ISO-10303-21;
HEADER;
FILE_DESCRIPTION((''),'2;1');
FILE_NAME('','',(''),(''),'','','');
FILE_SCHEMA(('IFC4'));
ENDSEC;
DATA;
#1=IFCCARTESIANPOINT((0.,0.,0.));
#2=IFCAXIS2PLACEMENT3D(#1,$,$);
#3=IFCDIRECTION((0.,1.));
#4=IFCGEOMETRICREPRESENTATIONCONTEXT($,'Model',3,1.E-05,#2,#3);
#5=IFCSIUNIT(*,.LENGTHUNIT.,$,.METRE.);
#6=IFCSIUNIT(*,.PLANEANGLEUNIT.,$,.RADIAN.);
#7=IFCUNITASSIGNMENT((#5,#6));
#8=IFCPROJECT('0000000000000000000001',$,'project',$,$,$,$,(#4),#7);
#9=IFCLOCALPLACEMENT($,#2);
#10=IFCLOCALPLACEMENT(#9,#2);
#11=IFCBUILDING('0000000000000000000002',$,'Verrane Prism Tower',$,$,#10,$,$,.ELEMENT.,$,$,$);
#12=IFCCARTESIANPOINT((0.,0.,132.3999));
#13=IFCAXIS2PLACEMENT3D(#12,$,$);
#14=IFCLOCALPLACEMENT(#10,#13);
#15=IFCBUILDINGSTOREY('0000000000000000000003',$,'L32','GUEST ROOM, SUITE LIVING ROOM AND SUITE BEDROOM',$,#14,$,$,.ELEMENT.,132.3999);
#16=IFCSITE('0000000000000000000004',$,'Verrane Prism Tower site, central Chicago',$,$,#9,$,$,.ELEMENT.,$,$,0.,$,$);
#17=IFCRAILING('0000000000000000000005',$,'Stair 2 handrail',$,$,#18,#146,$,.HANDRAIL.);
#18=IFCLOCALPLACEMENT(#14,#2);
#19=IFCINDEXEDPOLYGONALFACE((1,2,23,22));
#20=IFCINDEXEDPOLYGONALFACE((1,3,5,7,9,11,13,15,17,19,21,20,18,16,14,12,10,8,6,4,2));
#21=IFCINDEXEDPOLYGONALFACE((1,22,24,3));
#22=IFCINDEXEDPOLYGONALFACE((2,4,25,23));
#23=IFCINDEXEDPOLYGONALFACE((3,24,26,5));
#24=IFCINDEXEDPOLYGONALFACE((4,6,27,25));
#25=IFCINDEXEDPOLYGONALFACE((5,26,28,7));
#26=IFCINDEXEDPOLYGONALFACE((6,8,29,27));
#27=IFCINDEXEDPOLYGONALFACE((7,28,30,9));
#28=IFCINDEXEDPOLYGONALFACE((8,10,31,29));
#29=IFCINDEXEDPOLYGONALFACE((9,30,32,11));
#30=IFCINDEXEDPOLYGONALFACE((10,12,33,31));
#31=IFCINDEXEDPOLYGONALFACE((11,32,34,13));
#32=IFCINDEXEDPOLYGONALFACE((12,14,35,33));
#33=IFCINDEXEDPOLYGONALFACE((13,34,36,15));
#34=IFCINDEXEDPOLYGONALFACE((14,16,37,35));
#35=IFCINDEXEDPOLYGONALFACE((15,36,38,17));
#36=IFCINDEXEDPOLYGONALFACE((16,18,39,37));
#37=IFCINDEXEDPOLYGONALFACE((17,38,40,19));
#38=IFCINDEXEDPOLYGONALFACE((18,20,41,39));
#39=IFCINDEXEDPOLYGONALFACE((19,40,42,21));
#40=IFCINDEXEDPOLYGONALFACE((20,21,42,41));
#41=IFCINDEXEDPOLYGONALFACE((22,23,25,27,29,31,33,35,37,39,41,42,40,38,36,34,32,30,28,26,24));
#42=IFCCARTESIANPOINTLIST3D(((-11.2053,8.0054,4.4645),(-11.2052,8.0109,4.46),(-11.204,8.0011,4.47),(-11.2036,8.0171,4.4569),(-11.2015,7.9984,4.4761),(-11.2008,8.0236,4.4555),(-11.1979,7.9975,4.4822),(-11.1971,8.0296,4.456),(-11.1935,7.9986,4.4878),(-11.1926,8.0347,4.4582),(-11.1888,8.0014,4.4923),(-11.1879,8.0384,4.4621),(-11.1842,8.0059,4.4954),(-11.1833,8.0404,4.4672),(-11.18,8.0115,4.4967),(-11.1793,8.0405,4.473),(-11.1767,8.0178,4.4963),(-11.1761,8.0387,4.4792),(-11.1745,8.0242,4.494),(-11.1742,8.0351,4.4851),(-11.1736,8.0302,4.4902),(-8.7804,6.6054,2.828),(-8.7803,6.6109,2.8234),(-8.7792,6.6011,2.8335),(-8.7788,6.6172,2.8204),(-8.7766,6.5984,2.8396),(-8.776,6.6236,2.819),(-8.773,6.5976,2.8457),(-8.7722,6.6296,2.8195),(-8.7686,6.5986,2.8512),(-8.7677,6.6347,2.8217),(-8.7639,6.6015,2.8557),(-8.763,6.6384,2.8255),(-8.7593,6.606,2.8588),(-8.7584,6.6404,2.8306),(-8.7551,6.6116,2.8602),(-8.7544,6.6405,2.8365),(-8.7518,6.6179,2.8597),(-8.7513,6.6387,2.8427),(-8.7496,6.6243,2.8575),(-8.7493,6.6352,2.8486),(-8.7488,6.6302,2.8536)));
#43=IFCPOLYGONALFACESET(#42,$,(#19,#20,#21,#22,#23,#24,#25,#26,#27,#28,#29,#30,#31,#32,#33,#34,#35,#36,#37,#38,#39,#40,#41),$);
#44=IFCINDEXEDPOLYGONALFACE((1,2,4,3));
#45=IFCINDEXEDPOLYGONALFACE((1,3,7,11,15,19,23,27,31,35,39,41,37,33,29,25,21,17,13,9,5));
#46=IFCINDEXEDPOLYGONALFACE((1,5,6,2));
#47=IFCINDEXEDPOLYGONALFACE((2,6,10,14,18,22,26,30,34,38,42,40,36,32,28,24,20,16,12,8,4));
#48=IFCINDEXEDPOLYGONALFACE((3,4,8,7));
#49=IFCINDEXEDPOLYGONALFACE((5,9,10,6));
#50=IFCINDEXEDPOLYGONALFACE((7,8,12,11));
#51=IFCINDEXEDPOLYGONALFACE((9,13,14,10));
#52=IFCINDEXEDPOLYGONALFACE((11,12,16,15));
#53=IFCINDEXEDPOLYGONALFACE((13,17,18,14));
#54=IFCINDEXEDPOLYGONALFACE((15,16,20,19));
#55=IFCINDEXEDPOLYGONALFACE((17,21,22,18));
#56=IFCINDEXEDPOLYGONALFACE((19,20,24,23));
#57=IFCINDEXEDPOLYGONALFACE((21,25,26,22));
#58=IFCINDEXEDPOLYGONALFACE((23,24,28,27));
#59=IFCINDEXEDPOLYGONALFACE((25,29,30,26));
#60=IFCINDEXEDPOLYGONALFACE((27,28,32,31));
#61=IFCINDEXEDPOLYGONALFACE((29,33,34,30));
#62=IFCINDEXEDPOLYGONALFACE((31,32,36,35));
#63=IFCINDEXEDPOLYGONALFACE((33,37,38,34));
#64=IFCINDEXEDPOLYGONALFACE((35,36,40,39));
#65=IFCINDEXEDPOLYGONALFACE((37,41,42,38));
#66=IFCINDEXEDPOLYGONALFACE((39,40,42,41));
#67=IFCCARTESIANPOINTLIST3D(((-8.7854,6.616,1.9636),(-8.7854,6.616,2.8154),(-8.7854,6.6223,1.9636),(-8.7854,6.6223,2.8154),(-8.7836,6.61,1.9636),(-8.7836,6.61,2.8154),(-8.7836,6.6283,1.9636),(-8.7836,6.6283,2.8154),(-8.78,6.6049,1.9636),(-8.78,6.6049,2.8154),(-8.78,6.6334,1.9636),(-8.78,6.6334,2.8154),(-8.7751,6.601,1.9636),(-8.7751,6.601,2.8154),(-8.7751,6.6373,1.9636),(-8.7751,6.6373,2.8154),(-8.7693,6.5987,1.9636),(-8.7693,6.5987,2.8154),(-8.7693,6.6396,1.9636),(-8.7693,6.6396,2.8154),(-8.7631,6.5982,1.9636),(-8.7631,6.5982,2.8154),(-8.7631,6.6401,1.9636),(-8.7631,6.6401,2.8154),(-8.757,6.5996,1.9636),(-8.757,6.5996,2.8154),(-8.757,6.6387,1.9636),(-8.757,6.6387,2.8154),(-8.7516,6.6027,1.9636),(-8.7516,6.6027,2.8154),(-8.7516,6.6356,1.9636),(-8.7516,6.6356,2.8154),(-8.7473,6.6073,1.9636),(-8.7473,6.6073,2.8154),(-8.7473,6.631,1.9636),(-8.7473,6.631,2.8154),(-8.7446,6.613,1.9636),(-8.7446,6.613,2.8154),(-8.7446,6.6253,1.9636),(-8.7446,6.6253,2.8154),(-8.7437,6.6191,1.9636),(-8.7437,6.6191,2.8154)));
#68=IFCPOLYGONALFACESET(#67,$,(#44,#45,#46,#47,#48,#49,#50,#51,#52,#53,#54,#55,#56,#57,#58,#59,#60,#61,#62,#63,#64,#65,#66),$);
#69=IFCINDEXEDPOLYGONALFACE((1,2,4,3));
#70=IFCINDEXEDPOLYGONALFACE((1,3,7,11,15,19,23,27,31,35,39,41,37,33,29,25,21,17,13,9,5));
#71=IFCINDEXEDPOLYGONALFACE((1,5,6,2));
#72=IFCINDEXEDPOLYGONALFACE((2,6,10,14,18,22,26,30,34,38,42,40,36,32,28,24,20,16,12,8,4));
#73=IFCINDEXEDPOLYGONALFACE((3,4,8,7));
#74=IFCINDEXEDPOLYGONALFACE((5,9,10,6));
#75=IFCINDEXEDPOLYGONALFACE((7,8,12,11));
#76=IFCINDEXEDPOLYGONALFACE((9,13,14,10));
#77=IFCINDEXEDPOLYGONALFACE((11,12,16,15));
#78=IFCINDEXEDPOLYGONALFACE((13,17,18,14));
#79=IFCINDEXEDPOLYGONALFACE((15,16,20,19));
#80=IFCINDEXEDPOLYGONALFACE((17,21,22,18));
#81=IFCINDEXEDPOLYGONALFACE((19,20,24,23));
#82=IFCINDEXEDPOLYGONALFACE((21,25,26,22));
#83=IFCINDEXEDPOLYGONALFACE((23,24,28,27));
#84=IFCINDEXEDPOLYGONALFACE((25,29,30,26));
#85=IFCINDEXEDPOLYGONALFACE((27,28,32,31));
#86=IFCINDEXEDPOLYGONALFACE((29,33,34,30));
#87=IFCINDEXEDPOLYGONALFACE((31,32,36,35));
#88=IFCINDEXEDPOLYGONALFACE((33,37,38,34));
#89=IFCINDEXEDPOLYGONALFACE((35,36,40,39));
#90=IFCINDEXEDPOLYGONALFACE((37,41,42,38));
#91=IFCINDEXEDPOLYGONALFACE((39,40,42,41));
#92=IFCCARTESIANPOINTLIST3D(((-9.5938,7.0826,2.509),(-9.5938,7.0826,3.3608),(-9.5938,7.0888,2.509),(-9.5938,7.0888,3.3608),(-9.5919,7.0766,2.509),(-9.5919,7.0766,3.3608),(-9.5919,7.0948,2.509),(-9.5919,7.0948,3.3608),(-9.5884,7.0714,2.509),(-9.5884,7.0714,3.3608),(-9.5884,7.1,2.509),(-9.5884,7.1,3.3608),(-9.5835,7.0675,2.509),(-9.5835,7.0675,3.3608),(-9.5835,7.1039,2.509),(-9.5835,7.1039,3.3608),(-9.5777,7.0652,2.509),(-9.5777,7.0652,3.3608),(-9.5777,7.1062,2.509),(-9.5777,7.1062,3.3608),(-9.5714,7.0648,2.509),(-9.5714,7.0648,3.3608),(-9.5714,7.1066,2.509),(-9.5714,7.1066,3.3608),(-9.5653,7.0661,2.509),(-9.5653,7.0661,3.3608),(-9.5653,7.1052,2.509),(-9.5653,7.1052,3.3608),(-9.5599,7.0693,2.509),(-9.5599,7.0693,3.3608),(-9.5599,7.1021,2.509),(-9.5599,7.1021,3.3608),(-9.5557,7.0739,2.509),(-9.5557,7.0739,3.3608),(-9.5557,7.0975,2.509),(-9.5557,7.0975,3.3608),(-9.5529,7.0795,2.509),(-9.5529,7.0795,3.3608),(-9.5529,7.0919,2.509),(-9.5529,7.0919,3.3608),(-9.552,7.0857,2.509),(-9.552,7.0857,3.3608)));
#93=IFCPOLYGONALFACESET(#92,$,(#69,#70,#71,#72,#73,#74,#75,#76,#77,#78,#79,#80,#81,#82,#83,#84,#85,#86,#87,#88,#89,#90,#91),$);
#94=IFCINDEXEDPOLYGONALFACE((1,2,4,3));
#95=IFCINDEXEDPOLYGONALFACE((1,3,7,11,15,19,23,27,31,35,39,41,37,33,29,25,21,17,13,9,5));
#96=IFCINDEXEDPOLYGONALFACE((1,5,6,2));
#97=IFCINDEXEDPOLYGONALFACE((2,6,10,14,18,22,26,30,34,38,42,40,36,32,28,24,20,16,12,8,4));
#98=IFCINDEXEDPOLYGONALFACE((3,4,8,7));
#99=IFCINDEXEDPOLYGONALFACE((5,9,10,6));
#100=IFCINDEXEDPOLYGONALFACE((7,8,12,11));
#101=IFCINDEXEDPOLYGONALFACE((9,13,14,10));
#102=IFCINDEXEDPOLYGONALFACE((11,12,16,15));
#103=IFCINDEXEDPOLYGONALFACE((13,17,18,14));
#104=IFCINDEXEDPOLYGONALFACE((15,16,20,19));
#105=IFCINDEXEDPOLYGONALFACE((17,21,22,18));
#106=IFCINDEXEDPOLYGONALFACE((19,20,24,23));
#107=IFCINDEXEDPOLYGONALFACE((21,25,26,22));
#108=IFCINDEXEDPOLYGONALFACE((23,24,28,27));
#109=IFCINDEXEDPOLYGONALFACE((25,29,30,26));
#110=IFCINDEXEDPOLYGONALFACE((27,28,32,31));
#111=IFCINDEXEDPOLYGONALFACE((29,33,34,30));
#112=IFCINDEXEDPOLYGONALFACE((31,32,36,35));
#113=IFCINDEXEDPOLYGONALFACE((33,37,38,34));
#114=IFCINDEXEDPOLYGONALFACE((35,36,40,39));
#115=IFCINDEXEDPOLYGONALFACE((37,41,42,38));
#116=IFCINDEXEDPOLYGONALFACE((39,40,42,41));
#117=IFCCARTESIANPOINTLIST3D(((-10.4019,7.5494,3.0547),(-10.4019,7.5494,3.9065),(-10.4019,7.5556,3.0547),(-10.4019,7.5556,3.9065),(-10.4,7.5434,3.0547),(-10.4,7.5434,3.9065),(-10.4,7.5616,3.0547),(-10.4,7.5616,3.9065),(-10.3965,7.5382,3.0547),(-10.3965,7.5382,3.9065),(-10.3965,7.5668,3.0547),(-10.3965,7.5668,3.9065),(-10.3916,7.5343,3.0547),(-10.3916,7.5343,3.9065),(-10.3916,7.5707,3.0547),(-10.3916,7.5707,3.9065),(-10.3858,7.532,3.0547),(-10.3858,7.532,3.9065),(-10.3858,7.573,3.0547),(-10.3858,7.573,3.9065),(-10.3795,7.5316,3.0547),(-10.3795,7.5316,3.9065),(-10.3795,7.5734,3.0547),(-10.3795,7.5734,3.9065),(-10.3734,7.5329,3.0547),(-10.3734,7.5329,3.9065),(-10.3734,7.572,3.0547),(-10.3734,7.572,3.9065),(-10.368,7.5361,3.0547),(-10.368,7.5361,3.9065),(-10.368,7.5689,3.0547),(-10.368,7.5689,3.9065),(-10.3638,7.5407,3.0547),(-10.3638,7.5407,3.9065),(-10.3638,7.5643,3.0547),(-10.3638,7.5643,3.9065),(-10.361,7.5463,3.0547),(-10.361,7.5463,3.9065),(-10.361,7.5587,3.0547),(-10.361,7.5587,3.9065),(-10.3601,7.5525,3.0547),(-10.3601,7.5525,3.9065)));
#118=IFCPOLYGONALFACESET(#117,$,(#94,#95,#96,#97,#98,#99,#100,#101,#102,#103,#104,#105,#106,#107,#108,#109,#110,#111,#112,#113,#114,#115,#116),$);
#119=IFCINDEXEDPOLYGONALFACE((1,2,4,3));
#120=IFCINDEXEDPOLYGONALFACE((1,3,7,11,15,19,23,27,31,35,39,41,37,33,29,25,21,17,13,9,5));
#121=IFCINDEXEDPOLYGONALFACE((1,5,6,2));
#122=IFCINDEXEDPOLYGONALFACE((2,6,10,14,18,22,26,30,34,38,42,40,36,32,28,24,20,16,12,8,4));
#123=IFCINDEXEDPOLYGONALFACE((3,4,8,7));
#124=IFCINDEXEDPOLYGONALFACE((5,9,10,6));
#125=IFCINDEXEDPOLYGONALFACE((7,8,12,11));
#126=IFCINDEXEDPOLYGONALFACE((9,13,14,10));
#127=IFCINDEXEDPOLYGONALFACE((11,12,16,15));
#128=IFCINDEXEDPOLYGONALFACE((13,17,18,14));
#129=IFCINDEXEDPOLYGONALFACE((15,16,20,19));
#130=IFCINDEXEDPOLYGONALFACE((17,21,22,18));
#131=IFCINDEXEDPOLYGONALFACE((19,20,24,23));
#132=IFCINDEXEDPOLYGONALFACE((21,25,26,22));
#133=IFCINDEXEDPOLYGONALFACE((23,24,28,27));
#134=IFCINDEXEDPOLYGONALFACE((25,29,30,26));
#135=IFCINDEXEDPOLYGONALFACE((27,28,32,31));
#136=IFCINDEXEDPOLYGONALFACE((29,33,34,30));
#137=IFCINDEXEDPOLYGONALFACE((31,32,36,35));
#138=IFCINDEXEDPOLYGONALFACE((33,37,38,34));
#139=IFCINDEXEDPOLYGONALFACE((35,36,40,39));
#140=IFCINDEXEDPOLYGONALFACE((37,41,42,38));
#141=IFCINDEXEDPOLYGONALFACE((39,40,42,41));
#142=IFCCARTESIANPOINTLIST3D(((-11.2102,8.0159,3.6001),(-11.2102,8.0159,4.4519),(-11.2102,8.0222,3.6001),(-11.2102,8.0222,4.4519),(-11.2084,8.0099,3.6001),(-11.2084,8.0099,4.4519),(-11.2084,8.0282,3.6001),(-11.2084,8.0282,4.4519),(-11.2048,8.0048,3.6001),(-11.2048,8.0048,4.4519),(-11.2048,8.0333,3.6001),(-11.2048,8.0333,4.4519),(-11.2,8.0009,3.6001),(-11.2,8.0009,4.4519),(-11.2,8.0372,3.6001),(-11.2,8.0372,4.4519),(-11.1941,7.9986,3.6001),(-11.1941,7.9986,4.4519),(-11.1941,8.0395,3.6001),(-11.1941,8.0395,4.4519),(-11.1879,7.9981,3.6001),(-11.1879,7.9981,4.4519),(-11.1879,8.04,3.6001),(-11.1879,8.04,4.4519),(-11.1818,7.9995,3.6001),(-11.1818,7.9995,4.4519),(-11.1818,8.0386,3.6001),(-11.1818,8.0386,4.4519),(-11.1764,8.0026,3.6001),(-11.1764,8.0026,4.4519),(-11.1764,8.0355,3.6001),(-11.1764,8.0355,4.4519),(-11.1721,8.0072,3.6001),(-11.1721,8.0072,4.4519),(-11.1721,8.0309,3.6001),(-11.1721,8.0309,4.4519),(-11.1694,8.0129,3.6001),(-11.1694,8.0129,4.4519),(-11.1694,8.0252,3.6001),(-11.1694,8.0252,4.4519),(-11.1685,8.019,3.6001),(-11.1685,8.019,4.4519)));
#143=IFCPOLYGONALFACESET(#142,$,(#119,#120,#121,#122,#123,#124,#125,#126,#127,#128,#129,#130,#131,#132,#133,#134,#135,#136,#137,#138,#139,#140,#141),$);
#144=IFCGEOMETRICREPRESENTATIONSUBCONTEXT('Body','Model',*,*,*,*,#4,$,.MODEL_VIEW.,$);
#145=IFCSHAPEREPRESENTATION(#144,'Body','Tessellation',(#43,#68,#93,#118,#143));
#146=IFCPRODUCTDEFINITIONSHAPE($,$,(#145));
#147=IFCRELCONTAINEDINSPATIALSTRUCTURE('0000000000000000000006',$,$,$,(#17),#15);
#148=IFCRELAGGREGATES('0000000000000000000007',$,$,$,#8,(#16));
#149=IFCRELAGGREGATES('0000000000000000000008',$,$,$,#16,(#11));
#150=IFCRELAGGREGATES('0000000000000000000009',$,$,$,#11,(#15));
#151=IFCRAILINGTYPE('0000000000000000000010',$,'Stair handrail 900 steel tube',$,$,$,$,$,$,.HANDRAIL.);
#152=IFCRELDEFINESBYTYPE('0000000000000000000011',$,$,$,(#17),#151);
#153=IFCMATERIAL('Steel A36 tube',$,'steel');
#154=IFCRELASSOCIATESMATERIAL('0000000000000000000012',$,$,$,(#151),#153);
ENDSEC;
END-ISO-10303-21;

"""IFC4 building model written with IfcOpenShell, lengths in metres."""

from ifc_helpers import new_model, si_unit, direction, frame, origin, origin_2d, place, context, subcontext, project, spatial, circle, extrude, material, type_object, element, save


model = new_model("IFC4")

# Units and contexts
model_context = context("Model", 3, precision=1e-05, world=origin(), true_north=direction((0.0, 1.0)))
body_context = subcontext(model_context, "Body", "Model", "MODEL_VIEW")
ifc_project = project(units=[si_unit("LENGTHUNIT", "METRE"), si_unit("PLANEANGLEUNIT", "RADIAN")], contexts=[model_context])

# Site, building, storey
site_placement = place(None, origin())
site = spatial("IfcSite", under=ifc_project, at=site_placement, Name="Verrane Prism Tower site, central Chicago", CompositionType="ELEMENT", RefElevation=0.0)
building_placement = place(site_placement, origin())
building = spatial("IfcBuilding", under=site, at=building_placement, Name="Verrane Prism Tower", CompositionType="ELEMENT")
storey_placement = place(building_placement, frame((0.0, 0.0, 132.3999)))
storey = spatial("IfcBuildingStorey", under=building, at=storey_placement, Name="L32", Description="GUEST ROOM, SUITE LIVING ROOM AND SUITE BEDROOM", CompositionType="ELEMENT", Elevation=132.3999)

# Railing
ifc_material_1 = material(Name="Steel A36 tube", Category="steel")
railing_type_1 = type_object("IfcRailingType", Name="Stair handrail 900 steel tube", PredefinedType="HANDRAIL", material=ifc_material_1)
railing_1_placement = place(storey_placement, frame((-8.7646, 6.6191, 1.9636)))
element("IfcRailing", 1, at=railing_1_placement, inside=storey, type_object=railing_type_1, Name="Stair 2 handrail", PredefinedType="HANDRAIL", context=body_context, shape_type="SweptSolid", body=[
    extrude(circle(Radius=0.0239, at=origin_2d()), frame((0.0, 0.0, 0.876), z_axis=(-0.74769, 0.431661, 0.504608), x_axis=(-0.499984, -0.866035, 0.0)), (0.0, 0.0, 1.0), 3.2432),
    extrude(circle(Radius=0.021, at=origin_2d()), origin(), (0.0, 0.0, 1.0), 0.8518),
    extrude(circle(Radius=0.021, at=origin_2d()), frame((-0.8083, 0.4666, 0.5454)), (0.0, 0.0, 1.0), 0.8518),
    extrude(circle(Radius=0.021, at=origin_2d()), frame((-1.6165, 0.9333, 1.0911)), (0.0, 0.0, 1.0), 0.8518),
    extrude(circle(Radius=0.021, at=origin_2d()), frame((-2.4248, 1.3999, 1.6365)), (0.0, 0.0, 1.0), 0.8518),
])

save(model, "model.ifc")
